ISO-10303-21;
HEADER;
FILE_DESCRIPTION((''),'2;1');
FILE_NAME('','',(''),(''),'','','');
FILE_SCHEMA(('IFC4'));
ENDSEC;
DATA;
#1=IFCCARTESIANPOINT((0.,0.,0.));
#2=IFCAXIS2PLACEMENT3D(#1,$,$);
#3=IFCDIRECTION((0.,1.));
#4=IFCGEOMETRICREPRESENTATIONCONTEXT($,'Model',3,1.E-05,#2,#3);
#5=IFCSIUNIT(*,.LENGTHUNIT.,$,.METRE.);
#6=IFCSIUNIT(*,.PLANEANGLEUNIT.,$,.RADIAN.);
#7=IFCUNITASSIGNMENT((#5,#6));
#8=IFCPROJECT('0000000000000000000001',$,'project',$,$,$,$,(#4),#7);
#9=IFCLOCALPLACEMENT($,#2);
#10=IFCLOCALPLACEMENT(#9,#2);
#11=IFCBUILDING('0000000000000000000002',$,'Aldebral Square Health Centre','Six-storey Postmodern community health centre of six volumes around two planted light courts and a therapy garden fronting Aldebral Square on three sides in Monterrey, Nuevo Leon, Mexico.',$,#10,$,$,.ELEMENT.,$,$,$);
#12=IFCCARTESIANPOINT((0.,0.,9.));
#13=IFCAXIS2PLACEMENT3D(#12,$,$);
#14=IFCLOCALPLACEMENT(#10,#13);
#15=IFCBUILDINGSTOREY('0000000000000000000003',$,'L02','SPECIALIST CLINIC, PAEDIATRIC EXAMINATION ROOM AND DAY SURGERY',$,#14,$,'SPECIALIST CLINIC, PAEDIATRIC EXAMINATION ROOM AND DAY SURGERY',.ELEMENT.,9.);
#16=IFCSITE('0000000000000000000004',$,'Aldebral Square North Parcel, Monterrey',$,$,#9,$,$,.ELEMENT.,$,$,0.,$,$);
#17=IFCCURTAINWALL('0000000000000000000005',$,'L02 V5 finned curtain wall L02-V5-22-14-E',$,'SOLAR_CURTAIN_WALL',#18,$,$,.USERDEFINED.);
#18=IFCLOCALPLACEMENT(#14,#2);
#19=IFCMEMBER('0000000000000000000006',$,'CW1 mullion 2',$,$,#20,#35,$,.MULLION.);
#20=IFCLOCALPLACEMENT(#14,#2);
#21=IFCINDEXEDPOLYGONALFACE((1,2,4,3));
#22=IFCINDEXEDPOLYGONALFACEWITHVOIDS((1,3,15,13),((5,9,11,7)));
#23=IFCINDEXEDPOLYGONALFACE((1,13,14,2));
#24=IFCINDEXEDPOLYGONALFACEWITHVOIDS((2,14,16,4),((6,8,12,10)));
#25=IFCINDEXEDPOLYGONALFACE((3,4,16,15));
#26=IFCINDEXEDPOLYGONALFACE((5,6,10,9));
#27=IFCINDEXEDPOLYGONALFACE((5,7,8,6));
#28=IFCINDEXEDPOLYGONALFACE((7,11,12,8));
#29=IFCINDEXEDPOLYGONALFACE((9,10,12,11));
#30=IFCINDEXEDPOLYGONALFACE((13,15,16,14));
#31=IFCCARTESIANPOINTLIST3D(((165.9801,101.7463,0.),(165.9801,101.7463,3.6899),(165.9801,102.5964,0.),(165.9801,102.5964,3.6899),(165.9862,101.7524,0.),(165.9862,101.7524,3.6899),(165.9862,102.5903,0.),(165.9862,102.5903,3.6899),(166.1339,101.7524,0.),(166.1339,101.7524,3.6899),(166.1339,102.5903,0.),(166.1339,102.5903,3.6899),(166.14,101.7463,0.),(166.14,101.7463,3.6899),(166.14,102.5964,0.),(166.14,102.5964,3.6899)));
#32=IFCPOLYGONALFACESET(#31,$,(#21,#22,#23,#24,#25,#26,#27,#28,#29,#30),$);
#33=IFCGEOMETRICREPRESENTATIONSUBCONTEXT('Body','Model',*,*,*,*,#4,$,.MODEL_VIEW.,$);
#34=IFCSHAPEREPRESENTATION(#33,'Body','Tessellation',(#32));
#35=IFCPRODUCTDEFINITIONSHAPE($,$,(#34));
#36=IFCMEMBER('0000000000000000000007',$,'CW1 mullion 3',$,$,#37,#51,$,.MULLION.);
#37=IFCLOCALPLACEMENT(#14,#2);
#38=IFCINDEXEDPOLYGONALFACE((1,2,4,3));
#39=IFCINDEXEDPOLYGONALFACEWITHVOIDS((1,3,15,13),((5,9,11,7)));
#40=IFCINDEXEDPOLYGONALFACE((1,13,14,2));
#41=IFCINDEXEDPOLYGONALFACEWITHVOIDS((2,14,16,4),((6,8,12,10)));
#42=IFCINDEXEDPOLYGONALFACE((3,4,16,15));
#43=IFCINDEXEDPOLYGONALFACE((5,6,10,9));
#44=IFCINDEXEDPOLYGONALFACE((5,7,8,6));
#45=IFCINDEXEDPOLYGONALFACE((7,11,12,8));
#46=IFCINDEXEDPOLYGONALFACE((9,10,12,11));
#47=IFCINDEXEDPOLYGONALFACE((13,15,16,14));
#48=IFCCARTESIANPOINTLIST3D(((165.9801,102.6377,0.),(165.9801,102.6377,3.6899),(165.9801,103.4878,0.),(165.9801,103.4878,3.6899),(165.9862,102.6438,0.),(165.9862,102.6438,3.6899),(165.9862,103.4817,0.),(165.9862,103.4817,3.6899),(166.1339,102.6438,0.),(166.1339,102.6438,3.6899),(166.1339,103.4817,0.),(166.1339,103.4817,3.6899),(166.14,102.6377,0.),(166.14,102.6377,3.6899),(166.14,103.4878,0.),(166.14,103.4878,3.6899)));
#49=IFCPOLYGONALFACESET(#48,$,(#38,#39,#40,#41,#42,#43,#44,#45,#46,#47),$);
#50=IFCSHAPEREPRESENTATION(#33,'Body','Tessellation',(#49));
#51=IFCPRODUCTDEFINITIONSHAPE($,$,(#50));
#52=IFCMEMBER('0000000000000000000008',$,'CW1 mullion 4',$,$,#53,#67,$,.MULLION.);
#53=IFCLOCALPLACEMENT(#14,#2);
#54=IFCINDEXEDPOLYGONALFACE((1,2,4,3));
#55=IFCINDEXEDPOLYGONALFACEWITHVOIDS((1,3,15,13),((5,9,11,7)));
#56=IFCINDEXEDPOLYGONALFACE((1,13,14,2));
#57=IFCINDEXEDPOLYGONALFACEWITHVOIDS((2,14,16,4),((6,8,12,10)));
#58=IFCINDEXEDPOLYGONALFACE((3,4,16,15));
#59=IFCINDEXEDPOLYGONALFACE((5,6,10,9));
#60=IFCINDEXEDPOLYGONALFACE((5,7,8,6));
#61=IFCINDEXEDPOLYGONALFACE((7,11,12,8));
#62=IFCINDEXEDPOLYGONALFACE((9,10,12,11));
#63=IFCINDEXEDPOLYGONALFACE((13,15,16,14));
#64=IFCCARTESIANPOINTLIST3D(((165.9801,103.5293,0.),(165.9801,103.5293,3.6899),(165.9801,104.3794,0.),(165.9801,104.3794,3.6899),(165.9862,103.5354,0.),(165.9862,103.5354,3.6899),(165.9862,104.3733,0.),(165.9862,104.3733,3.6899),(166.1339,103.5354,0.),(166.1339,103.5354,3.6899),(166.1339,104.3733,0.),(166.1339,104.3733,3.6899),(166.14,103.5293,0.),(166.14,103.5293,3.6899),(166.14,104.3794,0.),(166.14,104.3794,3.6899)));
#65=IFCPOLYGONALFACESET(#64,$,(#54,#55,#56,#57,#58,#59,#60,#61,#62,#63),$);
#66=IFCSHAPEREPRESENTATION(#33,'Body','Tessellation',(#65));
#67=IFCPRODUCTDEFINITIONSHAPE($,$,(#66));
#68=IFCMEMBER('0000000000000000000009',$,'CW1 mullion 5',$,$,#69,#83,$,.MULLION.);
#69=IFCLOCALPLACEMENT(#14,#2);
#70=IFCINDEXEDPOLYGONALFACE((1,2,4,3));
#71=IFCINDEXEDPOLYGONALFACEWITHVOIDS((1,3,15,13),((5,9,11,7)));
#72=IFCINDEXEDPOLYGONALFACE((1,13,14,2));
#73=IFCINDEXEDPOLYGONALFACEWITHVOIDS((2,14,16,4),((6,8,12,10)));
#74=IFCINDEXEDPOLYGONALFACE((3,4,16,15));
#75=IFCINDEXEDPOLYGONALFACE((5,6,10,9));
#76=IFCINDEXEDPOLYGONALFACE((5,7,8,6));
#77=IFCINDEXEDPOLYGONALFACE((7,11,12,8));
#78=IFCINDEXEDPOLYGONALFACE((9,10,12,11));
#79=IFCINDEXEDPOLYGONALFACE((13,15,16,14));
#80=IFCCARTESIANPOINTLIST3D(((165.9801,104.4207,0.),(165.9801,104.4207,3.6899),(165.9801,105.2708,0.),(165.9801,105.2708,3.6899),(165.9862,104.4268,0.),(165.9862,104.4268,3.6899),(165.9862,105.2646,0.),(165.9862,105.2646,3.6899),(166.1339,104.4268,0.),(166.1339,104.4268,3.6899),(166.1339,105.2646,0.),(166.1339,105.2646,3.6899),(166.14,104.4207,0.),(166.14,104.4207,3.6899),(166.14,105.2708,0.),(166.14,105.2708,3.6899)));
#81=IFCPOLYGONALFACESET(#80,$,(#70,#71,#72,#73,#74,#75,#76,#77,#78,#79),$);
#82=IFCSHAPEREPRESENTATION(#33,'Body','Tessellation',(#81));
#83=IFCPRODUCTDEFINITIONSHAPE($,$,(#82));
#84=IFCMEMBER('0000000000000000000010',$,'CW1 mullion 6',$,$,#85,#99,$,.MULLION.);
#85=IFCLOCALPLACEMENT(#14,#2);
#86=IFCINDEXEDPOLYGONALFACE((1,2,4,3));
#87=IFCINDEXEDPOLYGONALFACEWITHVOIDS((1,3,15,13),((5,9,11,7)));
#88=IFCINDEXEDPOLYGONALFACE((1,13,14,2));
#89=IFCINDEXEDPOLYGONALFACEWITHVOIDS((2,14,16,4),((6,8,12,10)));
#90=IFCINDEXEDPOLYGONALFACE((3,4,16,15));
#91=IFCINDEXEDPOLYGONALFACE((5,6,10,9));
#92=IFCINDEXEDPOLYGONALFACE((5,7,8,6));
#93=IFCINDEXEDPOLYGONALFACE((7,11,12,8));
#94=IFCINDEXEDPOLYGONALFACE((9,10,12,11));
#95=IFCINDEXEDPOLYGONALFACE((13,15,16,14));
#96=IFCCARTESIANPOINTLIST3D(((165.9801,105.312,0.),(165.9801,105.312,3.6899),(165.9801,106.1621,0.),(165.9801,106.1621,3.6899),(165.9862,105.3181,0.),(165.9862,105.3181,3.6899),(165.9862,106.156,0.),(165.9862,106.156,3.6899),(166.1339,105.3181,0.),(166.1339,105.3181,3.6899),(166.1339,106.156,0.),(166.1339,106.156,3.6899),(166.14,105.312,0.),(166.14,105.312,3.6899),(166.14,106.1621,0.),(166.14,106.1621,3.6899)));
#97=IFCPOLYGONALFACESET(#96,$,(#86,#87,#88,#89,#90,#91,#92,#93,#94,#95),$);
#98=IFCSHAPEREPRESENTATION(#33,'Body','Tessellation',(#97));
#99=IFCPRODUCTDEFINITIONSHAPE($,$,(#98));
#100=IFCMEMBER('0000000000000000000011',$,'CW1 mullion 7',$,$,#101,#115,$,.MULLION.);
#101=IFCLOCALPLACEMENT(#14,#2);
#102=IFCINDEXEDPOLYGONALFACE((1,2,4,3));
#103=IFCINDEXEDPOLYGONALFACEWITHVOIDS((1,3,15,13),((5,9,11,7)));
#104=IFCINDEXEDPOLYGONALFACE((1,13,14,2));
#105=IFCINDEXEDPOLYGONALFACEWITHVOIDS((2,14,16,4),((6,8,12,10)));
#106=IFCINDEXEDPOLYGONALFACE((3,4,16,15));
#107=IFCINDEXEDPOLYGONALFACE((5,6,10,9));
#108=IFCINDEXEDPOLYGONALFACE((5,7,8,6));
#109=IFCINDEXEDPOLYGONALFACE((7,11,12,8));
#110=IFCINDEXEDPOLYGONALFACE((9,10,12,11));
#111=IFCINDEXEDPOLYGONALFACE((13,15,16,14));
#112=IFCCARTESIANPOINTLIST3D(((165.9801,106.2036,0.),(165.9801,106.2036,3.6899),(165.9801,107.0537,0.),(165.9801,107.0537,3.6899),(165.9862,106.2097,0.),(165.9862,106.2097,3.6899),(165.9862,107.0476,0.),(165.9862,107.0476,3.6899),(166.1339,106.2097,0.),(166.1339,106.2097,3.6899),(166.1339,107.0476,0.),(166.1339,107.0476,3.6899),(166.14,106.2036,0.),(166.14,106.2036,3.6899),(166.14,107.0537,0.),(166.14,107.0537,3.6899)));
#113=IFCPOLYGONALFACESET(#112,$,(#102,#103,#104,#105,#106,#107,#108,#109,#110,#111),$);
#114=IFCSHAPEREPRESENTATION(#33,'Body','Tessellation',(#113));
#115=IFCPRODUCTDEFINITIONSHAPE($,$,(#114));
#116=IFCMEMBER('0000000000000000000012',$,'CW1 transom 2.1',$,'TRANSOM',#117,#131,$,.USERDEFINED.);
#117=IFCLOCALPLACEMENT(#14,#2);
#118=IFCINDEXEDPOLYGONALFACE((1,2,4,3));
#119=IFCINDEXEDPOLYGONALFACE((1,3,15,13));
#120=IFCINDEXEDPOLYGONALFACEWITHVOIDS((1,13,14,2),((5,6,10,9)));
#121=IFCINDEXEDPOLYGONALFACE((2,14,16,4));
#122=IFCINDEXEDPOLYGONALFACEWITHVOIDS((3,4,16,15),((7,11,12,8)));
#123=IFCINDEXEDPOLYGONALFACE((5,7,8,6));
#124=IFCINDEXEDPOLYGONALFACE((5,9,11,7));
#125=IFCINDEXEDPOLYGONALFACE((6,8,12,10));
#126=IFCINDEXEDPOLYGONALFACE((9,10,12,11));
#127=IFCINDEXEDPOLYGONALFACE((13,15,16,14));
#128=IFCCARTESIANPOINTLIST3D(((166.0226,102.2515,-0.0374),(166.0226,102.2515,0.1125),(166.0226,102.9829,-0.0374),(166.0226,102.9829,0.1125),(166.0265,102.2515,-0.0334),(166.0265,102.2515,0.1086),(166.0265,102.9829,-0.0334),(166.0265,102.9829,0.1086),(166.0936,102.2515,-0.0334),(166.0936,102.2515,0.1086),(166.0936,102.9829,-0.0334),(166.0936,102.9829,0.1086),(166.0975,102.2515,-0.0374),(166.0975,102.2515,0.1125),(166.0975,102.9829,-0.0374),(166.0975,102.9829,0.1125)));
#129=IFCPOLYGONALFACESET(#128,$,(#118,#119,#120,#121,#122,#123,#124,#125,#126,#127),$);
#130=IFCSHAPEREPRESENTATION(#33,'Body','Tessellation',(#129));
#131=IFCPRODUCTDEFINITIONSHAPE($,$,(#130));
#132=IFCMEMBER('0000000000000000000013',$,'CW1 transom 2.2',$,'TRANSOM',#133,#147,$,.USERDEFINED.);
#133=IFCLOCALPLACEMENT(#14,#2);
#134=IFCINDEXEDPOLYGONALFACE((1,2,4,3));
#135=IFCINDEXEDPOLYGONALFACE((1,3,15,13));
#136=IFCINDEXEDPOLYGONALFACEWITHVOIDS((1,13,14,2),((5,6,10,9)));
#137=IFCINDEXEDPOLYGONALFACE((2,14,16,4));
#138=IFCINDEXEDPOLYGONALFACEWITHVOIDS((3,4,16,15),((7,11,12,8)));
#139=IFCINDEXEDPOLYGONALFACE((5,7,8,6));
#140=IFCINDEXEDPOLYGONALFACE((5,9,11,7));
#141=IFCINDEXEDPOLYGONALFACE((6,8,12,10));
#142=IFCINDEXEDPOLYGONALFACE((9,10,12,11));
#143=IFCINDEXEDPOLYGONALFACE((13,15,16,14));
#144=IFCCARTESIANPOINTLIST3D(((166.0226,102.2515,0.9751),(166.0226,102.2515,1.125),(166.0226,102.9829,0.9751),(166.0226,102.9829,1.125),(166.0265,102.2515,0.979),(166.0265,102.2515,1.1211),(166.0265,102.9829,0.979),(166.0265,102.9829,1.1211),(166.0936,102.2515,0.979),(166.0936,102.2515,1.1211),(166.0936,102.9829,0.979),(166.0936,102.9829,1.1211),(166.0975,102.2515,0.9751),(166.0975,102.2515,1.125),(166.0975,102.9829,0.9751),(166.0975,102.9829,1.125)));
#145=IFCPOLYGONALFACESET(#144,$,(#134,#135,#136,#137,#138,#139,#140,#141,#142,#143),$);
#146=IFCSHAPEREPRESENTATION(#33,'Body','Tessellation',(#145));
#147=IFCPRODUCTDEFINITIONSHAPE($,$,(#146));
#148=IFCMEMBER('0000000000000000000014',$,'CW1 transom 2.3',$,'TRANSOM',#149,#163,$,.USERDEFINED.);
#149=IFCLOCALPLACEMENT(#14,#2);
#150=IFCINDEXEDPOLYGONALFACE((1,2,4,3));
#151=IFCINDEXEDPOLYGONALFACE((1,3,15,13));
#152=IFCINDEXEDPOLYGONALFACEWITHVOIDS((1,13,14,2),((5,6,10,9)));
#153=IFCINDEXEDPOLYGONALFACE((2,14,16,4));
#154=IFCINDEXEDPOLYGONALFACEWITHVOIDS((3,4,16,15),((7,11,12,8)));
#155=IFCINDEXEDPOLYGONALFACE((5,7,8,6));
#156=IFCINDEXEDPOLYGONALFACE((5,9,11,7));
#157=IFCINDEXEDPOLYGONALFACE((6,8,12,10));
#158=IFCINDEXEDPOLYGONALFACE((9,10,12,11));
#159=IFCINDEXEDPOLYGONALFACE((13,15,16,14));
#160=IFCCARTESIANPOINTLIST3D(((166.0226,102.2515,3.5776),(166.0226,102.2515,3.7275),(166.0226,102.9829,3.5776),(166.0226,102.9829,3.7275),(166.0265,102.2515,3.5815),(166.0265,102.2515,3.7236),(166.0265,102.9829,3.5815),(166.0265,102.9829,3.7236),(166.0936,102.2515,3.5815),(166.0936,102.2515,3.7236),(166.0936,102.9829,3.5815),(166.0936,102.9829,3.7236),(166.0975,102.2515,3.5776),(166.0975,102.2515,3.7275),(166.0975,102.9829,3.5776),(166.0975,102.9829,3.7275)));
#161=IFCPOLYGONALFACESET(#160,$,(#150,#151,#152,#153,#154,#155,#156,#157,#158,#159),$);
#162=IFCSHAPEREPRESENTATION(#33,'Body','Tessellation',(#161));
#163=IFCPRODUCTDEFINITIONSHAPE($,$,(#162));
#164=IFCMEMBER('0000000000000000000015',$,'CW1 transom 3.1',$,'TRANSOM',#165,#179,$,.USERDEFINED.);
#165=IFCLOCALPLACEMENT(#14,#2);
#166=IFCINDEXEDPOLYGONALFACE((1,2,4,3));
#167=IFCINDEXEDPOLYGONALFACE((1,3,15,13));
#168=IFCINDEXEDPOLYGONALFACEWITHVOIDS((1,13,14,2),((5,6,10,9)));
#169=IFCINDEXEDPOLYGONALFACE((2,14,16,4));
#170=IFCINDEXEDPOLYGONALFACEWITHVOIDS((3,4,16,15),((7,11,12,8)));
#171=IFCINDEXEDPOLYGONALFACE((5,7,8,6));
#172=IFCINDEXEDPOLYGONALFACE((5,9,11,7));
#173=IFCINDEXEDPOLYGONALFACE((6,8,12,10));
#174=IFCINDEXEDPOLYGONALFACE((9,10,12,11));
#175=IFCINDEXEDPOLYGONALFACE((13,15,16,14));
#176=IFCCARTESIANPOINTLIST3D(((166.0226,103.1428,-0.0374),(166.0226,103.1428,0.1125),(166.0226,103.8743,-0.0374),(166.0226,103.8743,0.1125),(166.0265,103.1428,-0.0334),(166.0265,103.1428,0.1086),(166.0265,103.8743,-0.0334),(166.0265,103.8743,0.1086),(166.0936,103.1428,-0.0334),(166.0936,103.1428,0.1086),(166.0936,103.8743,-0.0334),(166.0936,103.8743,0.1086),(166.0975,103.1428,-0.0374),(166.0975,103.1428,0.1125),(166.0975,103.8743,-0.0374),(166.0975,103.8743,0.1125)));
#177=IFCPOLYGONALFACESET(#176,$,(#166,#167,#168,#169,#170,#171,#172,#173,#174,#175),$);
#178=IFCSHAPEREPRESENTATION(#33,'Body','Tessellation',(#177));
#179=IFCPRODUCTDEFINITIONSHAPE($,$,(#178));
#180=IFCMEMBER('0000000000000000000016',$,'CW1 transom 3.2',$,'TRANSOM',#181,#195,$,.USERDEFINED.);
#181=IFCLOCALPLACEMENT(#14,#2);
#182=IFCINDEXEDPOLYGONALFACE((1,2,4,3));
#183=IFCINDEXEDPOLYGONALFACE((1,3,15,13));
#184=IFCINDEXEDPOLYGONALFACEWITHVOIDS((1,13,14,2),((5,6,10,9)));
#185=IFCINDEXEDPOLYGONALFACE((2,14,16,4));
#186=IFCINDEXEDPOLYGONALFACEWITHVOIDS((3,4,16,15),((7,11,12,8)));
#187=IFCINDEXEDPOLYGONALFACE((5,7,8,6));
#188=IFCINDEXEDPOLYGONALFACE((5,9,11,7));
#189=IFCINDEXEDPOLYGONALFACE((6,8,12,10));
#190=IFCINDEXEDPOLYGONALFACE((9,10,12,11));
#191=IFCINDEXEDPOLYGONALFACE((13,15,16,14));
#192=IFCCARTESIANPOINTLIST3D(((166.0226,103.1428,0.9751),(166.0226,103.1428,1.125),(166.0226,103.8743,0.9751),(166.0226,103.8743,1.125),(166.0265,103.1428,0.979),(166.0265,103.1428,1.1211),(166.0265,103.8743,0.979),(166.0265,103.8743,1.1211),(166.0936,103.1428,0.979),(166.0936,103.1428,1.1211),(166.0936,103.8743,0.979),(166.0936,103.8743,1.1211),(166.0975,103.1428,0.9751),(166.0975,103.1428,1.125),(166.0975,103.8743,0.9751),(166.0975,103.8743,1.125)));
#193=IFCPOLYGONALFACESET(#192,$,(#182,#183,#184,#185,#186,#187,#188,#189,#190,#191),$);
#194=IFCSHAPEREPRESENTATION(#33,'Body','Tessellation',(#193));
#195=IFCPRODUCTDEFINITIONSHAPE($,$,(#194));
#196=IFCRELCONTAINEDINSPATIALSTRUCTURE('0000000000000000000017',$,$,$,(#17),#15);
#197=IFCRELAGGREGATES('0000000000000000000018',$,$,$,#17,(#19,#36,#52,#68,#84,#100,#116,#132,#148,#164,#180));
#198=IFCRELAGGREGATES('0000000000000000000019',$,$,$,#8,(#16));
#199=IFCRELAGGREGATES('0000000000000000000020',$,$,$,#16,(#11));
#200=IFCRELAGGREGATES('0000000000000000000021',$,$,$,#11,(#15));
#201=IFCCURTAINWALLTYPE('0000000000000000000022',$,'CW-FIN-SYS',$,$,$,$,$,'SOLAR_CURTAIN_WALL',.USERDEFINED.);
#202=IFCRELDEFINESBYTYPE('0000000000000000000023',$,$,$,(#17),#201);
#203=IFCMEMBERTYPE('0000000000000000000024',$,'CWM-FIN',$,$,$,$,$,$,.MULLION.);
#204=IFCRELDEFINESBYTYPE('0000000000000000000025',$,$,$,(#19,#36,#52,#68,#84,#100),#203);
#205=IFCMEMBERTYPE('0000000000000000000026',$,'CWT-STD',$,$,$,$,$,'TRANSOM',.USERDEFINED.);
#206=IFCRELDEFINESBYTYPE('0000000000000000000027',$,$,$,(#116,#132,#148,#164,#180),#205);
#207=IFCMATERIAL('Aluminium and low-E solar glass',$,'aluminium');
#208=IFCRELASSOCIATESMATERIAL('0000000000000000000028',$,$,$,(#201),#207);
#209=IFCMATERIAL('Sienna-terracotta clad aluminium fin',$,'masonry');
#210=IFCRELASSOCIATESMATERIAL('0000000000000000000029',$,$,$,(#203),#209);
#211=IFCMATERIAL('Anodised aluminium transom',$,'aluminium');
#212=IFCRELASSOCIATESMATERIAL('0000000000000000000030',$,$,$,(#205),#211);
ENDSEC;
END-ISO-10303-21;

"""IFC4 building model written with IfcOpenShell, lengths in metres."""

from ifc_helpers import new_model, si_unit, direction, frame, origin, origin_2d, place, context, subcontext, project, spatial, hollow_rectangle, extrude, material, material_profile, profile_set, type_object, element, aggregate, save


model = new_model("IFC4")

# Units and contexts
model_context = context("Model", 3, precision=1e-05, world=origin(), true_north=direction((0.0, 1.0)))
body_context = subcontext(model_context, "Body", "Model", "MODEL_VIEW")
ifc_project = project(units=[si_unit("LENGTHUNIT", "METRE"), si_unit("PLANEANGLEUNIT", "RADIAN")], contexts=[model_context])

# Site, building, storey
site_placement = place(None, origin())
site = spatial("IfcSite", under=ifc_project, at=site_placement, Name="Aldebral Square North Parcel, Monterrey", CompositionType="ELEMENT", RefElevation=0.0)
building_placement = place(site_placement, origin())
building = spatial("IfcBuilding", under=site, at=building_placement, Name="Aldebral Square Health Centre", Description="Six-storey Postmodern community health centre of six volumes around two planted light courts and a therapy garden fronting Aldebral Square on three sides in Monterrey, Nuevo Leon, Mexico.", CompositionType="ELEMENT")
storey_placement = place(building_placement, frame((0.0, 0.0, 9.0)))
storey = spatial("IfcBuildingStorey", under=building, at=storey_placement, Name="L02", Description="SPECIALIST CLINIC, PAEDIATRIC EXAMINATION ROOM AND DAY SURGERY", LongName="SPECIALIST CLINIC, PAEDIATRIC EXAMINATION ROOM AND DAY SURGERY", CompositionType="ELEMENT", Elevation=9.0)

# Curtain wall, members
ifc_material_1 = material(Name="Aluminium and low-E solar glass", Category="aluminium")
curtain_wall_type = type_object("IfcCurtainWallType", Name="CW-FIN-SYS", ElementType="SOLAR_CURTAIN_WALL", PredefinedType="USERDEFINED", material=ifc_material_1)
curtain_wall_placement = place(storey_placement, origin())
curtain_wall = element("IfcCurtainWall", 1, at=curtain_wall_placement, inside=storey, type_object=curtain_wall_type, Name="L02 V5 finned curtain wall L02-V5-22-14-E", ObjectType="SOLAR_CURTAIN_WALL", PredefinedType="USERDEFINED")
ifc_material_2 = material(Name="Sienna-terracotta clad aluminium fin", Category="masonry")
ifc_material_profile_1 = material_profile(ifc_material_2, hollow_rectangle(XDim=0.1599, YDim=0.8501, WallThickness=0.0061, at=origin_2d()), Name="FIN 160x850x6")
ifc_profile_set_1 = profile_set([ifc_material_profile_1], Name="Sienna-terracotta clad aluminium fin")
member_type_1 = type_object("IfcMemberType", Name="CWM-FIN", PredefinedType="MULLION", material=ifc_profile_set_1)
member_1_placement = place(storey_placement, frame((166.0601, 102.1714, 0.0), z_axis=(0.0, 0.0, 1.0), x_axis=(-1.0, 0.0, 0.0)))
member_1 = element("IfcMember", 2, at=member_1_placement, type_object=member_type_1, Name="CW1 mullion 2", PredefinedType="MULLION", context=body_context, shape_type="SweptSolid", body=[
    extrude(hollow_rectangle(XDim=0.1599, YDim=0.8501, WallThickness=0.0061, at=origin_2d()), origin(), (0.0, 0.0, 1.0), 3.6899),
])
member_2_placement = place(storey_placement, frame((166.0601, 103.0627, 0.0), z_axis=(0.0, 0.0, 1.0), x_axis=(-1.0, 0.0, 0.0)))
member_2 = element("IfcMember", 3, at=member_2_placement, type_object=member_type_1, Name="CW1 mullion 3", PredefinedType="MULLION", context=body_context, shape_type="SweptSolid", body=[
    extrude(hollow_rectangle(XDim=0.1599, YDim=0.8501, WallThickness=0.0061, at=origin_2d()), origin(), (0.0, 0.0, 1.0), 3.6899),
])
member_3_placement = place(storey_placement, frame((166.0601, 103.9543, 0.0), z_axis=(0.0, 0.0, 1.0), x_axis=(-1.0, 0.0, 0.0)))
member_3 = element("IfcMember", 4, at=member_3_placement, type_object=member_type_1, Name="CW1 mullion 4", PredefinedType="MULLION", context=body_context, shape_type="SweptSolid", body=[
    extrude(hollow_rectangle(XDim=0.1599, YDim=0.8501, WallThickness=0.0061, at=origin_2d()), origin(), (0.0, 0.0, 1.0), 3.6899),
])
member_4_placement = place(storey_placement, frame((166.0601, 104.8457, 0.0), z_axis=(0.0, 0.0, 1.0), x_axis=(-1.0, 0.0, 0.0)))
member_4 = element("IfcMember", 5, at=member_4_placement, type_object=member_type_1, Name="CW1 mullion 5", PredefinedType="MULLION", context=body_context, shape_type="SweptSolid", body=[
    extrude(hollow_rectangle(XDim=0.1599, YDim=0.8501, WallThickness=0.0061, at=origin_2d()), origin(), (0.0, 0.0, 1.0), 3.6899),
])
member_5_placement = place(storey_placement, frame((166.0601, 105.7371, 0.0), z_axis=(0.0, 0.0, 1.0), x_axis=(-1.0, 0.0, 0.0)))
member_5 = element("IfcMember", 6, at=member_5_placement, type_object=member_type_1, Name="CW1 mullion 6", PredefinedType="MULLION", context=body_context, shape_type="SweptSolid", body=[
    extrude(hollow_rectangle(XDim=0.1599, YDim=0.8501, WallThickness=0.0061, at=origin_2d()), origin(), (0.0, 0.0, 1.0), 3.6899),
])
member_6_placement = place(storey_placement, frame((166.0601, 106.6287, 0.0), z_axis=(0.0, 0.0, 1.0), x_axis=(-1.0, 0.0, 0.0)))
member_6 = element("IfcMember", 7, at=member_6_placement, type_object=member_type_1, Name="CW1 mullion 7", PredefinedType="MULLION", context=body_context, shape_type="SweptSolid", body=[
    extrude(hollow_rectangle(XDim=0.1599, YDim=0.8501, WallThickness=0.0061, at=origin_2d()), origin(), (0.0, 0.0, 1.0), 3.6899),
])
ifc_material_3 = material(Name="Anodised aluminium transom", Category="aluminium")
ifc_material_profile_2 = material_profile(ifc_material_3, hollow_rectangle(XDim=0.075, YDim=0.1499, WallThickness=0.0039, at=origin_2d()), Name="CWT 75x150x4")
ifc_profile_set_2 = profile_set([ifc_material_profile_2], Name="Anodised aluminium transom")
member_type_2 = type_object("IfcMemberType", Name="CWT-STD", ElementType="TRANSOM", PredefinedType="USERDEFINED", material=ifc_profile_set_2)
member_7_placement = place(storey_placement, frame((166.0601, 102.2515, 0.0376), z_axis=(0.0, 1.0, 0.0), x_axis=(-1.0, 0.0, 0.0)))
member_7 = element("IfcMember", 8, at=member_7_placement, type_object=member_type_2, Name="CW1 transom 2.1", ObjectType="TRANSOM", PredefinedType="USERDEFINED", context=body_context, shape_type="SweptSolid", body=[
    extrude(hollow_rectangle(XDim=0.075, YDim=0.1499, WallThickness=0.0039, at=origin_2d()), origin(), (0.0, 0.0, 1.0), 0.7314),
])
member_8_placement = place(storey_placement, frame((166.0601, 102.2515, 1.05), z_axis=(0.0, 1.0, 0.0), x_axis=(-1.0, 0.0, 0.0)))
member_8 = element("IfcMember", 9, at=member_8_placement, type_object=member_type_2, Name="CW1 transom 2.2", ObjectType="TRANSOM", PredefinedType="USERDEFINED", context=body_context, shape_type="SweptSolid", body=[
    extrude(hollow_rectangle(XDim=0.075, YDim=0.1499, WallThickness=0.0039, at=origin_2d()), origin(), (0.0, 0.0, 1.0), 0.7314),
])
member_9_placement = place(storey_placement, frame((166.0601, 102.2515, 3.6526), z_axis=(0.0, 1.0, 0.0), x_axis=(-1.0, 0.0, 0.0)))
member_9 = element("IfcMember", 10, at=member_9_placement, type_object=member_type_2, Name="CW1 transom 2.3", ObjectType="TRANSOM", PredefinedType="USERDEFINED", context=body_context, shape_type="SweptSolid", body=[
    extrude(hollow_rectangle(XDim=0.075, YDim=0.1499, WallThickness=0.0039, at=origin_2d()), origin(), (0.0, 0.0, 1.0), 0.7314),
])
member_10_placement = place(storey_placement, frame((166.0601, 103.1428, 0.0376), z_axis=(0.0, 1.0, 0.0), x_axis=(-1.0, 0.0, 0.0)))
member_10 = element("IfcMember", 11, at=member_10_placement, type_object=member_type_2, Name="CW1 transom 3.1", ObjectType="TRANSOM", PredefinedType="USERDEFINED", context=body_context, shape_type="SweptSolid", body=[
    extrude(hollow_rectangle(XDim=0.075, YDim=0.1499, WallThickness=0.0039, at=origin_2d()), origin(), (0.0, 0.0, 1.0), 0.7314),
])
member_11_placement = place(storey_placement, frame((166.0601, 103.1428, 1.05), z_axis=(0.0, 1.0, 0.0), x_axis=(-1.0, 0.0, 0.0)))
member_11 = element("IfcMember", 12, at=member_11_placement, type_object=member_type_2, Name="CW1 transom 3.2", ObjectType="TRANSOM", PredefinedType="USERDEFINED", context=body_context, shape_type="SweptSolid", body=[
    extrude(hollow_rectangle(XDim=0.075, YDim=0.1499, WallThickness=0.0039, at=origin_2d()), origin(), (0.0, 0.0, 1.0), 0.7314),
])
aggregate(curtain_wall, [member_1, member_2, member_3, member_4, member_5, member_6, member_7, member_8, member_9, member_10, member_11])

save(model, "model.ifc")
